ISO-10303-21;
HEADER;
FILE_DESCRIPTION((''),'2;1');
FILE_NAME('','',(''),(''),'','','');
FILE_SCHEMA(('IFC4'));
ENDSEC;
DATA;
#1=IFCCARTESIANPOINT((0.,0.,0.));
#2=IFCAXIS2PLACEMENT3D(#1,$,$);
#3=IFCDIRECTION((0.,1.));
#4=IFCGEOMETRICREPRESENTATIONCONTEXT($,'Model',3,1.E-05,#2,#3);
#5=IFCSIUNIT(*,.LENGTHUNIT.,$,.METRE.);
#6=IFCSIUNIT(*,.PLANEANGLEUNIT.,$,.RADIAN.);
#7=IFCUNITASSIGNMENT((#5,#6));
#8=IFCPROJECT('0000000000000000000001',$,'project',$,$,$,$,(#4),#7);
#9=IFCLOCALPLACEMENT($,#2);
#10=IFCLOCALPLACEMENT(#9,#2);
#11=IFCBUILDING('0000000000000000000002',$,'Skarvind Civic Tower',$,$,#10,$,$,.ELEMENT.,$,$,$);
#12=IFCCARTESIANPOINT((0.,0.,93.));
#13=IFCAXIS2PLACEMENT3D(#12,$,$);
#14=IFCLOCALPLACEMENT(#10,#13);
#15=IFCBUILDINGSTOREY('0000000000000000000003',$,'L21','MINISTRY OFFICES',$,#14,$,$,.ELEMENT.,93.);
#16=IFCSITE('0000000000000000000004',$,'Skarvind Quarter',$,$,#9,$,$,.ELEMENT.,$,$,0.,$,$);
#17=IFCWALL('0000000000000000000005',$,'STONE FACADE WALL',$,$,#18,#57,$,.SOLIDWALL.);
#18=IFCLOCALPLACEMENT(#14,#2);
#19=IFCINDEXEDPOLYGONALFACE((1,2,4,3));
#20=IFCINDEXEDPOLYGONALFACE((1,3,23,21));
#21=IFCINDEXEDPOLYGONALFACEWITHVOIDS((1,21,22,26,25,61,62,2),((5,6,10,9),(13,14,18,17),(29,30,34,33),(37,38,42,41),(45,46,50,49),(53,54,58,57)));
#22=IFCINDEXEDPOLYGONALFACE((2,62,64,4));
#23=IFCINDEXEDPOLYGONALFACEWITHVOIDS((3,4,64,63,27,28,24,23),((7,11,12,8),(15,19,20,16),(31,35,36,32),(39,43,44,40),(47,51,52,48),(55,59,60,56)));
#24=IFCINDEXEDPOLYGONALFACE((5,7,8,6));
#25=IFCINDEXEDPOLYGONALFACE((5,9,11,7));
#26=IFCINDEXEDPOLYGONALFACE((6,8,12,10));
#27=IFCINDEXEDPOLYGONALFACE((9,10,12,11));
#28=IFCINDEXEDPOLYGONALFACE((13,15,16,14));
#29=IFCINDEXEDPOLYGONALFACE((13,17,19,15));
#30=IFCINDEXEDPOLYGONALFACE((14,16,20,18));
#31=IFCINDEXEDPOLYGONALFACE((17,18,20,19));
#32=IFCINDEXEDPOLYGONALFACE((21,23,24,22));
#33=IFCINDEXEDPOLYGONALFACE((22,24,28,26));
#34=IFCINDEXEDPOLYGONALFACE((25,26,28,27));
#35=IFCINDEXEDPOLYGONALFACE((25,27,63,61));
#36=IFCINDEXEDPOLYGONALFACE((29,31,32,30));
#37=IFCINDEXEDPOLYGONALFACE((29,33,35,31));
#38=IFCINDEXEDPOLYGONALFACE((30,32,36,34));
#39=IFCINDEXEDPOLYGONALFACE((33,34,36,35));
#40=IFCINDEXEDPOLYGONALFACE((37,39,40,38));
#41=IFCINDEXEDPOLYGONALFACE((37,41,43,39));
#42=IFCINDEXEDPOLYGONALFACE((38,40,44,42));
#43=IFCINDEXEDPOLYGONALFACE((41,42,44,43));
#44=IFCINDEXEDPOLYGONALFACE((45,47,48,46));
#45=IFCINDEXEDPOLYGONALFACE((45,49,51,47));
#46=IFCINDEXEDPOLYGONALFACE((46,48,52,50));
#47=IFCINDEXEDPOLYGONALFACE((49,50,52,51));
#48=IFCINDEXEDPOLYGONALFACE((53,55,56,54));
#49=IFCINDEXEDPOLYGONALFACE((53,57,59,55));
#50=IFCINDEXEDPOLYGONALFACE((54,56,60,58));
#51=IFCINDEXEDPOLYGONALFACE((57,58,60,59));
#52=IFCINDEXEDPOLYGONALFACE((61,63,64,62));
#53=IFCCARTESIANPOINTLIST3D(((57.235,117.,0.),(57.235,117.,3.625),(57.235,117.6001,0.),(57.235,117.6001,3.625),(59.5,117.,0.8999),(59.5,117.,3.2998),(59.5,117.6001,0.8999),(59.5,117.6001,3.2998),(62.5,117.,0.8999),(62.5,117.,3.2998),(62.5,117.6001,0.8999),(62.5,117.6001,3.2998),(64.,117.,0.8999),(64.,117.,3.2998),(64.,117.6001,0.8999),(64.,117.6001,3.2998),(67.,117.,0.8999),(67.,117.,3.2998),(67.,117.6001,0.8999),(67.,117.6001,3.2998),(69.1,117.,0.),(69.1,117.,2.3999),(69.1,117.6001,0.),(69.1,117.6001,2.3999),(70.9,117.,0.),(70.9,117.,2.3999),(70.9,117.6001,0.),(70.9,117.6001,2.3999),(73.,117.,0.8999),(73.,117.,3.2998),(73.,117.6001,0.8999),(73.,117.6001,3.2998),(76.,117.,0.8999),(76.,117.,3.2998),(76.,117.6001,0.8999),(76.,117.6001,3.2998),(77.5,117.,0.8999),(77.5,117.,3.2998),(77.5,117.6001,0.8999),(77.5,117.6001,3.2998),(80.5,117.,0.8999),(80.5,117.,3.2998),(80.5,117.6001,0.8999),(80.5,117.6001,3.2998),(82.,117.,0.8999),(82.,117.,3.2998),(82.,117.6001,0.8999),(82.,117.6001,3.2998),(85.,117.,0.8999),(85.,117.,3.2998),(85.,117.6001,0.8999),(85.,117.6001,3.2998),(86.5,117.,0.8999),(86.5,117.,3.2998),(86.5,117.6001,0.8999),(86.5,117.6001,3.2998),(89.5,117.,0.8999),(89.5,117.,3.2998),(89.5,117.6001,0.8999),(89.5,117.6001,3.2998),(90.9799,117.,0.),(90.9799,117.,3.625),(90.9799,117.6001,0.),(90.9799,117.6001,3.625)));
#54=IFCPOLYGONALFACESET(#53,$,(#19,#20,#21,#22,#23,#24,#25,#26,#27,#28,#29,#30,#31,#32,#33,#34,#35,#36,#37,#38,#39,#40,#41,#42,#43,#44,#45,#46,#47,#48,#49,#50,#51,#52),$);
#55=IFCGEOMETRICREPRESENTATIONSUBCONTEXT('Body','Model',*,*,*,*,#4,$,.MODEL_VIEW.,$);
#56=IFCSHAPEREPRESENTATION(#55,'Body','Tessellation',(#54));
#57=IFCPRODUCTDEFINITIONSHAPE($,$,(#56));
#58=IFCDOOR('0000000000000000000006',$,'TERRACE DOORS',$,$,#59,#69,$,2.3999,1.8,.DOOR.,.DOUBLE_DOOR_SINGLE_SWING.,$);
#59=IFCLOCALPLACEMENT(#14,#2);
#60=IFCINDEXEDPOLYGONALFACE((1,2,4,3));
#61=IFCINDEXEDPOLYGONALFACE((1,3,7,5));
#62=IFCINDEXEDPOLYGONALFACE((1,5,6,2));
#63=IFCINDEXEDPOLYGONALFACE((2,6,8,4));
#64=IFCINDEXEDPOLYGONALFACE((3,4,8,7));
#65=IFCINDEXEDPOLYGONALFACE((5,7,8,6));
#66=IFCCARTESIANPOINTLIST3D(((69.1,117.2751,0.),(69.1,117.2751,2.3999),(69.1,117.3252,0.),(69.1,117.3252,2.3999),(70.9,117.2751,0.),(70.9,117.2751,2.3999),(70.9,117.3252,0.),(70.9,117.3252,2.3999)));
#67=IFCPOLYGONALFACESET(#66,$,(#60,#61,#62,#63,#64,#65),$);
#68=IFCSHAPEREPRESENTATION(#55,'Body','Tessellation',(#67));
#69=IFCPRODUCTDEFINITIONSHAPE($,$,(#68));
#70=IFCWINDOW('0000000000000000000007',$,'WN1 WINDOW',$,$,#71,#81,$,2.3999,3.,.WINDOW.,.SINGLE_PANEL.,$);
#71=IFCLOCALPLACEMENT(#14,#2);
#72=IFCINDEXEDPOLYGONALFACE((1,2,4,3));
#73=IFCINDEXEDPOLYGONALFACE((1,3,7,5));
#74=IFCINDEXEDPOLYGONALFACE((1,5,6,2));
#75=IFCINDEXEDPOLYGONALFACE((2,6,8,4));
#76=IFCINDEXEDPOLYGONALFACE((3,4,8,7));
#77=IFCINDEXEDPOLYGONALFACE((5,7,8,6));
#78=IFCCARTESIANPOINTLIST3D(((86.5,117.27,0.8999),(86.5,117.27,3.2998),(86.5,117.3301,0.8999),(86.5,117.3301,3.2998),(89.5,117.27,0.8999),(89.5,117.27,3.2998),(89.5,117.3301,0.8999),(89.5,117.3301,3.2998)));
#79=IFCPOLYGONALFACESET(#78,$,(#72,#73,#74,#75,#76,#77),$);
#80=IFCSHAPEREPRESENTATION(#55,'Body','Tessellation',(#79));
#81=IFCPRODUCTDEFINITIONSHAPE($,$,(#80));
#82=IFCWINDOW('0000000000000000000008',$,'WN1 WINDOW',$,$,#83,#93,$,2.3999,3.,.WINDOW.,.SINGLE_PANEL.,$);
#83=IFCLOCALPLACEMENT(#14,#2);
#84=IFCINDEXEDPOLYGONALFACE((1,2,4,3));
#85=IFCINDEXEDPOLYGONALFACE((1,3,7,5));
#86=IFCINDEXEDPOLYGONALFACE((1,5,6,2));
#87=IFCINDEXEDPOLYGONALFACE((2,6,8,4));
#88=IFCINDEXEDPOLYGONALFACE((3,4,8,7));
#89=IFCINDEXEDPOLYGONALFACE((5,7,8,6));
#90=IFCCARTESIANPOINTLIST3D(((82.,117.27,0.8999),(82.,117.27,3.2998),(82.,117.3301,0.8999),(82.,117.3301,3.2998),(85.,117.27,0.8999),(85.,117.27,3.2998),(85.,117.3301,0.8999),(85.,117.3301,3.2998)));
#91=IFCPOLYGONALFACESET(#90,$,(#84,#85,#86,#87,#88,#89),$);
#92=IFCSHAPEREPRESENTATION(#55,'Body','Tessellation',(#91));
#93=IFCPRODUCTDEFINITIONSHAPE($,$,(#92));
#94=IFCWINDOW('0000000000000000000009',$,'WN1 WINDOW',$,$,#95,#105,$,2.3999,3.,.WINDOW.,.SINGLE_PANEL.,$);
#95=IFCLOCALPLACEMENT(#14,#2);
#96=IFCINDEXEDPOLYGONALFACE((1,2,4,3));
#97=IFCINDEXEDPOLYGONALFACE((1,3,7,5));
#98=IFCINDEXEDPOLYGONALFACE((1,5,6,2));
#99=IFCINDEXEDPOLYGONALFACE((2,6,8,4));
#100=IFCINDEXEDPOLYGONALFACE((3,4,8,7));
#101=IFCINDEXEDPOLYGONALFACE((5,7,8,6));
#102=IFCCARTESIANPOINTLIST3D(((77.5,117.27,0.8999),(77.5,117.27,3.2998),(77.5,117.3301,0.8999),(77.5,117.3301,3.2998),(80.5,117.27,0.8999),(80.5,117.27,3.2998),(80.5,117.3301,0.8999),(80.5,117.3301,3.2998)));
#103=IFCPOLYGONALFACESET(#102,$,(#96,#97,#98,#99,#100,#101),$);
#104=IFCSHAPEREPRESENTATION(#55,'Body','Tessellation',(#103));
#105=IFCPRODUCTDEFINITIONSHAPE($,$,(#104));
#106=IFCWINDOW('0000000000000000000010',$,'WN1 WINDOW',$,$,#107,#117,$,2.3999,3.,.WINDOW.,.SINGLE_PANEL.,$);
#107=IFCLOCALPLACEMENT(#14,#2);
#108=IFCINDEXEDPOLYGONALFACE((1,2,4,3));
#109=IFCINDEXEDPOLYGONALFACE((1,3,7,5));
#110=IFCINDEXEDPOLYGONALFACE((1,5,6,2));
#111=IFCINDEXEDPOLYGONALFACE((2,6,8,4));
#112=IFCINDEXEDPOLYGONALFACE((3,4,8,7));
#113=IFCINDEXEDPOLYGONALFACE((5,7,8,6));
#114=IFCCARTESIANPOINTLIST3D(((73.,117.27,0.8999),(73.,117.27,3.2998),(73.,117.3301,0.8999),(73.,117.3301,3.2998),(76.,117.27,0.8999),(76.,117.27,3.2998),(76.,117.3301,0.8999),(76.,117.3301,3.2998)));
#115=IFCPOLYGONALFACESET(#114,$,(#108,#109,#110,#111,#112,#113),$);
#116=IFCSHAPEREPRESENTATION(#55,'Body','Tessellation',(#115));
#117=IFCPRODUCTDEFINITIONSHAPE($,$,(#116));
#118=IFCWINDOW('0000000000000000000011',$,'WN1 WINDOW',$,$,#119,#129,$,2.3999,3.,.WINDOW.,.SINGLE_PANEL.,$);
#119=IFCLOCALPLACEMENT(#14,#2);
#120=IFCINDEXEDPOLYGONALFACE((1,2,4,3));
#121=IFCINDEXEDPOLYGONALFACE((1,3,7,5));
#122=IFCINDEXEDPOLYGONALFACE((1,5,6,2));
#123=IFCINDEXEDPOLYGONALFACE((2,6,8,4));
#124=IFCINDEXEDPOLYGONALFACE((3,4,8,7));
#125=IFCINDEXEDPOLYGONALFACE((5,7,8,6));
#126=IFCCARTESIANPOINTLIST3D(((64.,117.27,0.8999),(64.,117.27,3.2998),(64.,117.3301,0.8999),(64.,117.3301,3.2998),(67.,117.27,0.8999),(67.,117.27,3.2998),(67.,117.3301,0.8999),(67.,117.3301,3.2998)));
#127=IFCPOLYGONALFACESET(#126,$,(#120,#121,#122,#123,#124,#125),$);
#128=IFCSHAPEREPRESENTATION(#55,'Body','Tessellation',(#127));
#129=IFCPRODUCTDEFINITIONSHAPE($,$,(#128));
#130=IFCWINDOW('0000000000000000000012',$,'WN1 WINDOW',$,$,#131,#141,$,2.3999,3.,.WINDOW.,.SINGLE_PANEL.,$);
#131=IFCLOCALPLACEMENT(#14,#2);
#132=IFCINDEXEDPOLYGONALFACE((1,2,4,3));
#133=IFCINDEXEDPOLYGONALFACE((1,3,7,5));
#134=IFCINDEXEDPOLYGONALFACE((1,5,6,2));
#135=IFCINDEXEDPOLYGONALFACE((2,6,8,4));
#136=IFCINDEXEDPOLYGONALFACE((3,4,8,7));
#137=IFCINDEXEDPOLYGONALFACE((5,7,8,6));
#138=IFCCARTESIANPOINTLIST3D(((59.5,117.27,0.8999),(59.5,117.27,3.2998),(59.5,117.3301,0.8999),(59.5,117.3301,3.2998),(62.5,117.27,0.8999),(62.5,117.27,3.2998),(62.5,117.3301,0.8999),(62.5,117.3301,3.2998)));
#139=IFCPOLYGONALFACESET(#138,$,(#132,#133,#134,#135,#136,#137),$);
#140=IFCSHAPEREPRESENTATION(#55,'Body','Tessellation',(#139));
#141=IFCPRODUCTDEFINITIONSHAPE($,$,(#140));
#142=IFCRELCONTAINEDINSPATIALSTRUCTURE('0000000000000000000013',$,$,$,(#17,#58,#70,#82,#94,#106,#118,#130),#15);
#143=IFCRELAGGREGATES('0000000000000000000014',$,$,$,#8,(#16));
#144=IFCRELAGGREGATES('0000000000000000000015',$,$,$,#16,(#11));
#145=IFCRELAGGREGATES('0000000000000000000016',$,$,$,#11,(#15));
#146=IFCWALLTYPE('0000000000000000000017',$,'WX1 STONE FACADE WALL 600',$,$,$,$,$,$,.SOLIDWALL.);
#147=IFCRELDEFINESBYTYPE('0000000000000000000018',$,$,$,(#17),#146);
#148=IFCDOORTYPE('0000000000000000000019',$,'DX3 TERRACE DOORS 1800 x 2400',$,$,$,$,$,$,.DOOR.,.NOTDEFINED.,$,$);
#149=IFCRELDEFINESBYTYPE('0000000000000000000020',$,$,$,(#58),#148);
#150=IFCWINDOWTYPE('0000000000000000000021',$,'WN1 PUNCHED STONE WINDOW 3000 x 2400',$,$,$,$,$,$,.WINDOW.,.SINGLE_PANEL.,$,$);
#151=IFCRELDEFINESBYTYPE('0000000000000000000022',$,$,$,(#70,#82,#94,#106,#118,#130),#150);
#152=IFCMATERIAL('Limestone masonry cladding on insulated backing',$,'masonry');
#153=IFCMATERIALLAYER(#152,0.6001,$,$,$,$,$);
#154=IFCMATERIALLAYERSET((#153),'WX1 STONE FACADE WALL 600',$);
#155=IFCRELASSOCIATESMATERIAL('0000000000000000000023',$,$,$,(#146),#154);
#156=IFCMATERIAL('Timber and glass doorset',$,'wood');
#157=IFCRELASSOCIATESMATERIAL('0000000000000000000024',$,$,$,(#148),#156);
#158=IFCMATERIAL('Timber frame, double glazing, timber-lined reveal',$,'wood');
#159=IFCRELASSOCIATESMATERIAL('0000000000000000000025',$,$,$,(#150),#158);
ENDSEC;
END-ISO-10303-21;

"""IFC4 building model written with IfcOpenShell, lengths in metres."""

from ifc_helpers import new_model, si_unit, direction, frame, frame_2d, origin, place, context, subcontext, project, spatial, rectangle, extrude, material, layer, layer_set, type_object, element, fill, save


model = new_model("IFC4")

# Units and contexts
model_context = context("Model", 3, precision=1e-05, world=origin(), true_north=direction((0.0, 1.0)))
body_context = subcontext(model_context, "Body", "Model", "MODEL_VIEW")
ifc_project = project(units=[si_unit("LENGTHUNIT", "METRE"), si_unit("PLANEANGLEUNIT", "RADIAN")], contexts=[model_context])

# Site, building, storey
site_placement = place(None, origin())
site = spatial("IfcSite", under=ifc_project, at=site_placement, Name="Skarvind Quarter", CompositionType="ELEMENT", RefElevation=0.0)
building_placement = place(site_placement, origin())
building = spatial("IfcBuilding", under=site, at=building_placement, Name="Skarvind Civic Tower", CompositionType="ELEMENT")
storey_placement = place(building_placement, frame((0.0, 0.0, 93.0)))
storey = spatial("IfcBuildingStorey", under=building, at=storey_placement, Name="L21", Description="MINISTRY OFFICES", CompositionType="ELEMENT", Elevation=93.0)

# Wall, openings, door, windows
ifc_material_1 = material(Name="Limestone masonry cladding on insulated backing", Category="masonry")
ifc_layer_1 = layer(ifc_material_1, 0.6001)
ifc_layer_set_1 = layer_set([ifc_layer_1], Name="WX1 STONE FACADE WALL 600")
wall_type_1 = type_object("IfcWallType", Name="WX1 STONE FACADE WALL 600", PredefinedType="SOLIDWALL", material=ifc_layer_set_1)
wall_1_placement = place(storey_placement, frame((90.98, 117.3, 0.0), z_axis=(0.0, 0.0, 1.0), x_axis=(-1.0, 0.0, 0.0)))
wall_1 = element("IfcWall", 1, at=wall_1_placement, inside=storey, type_object=wall_type_1, Name="STONE FACADE WALL", PredefinedType="SOLIDWALL", context=body_context, shape_type="SweptSolid", body=[
    extrude(rectangle(XDim=33.7449, YDim=0.6001, at=frame_2d((16.8726, 0.0))), origin(), (0.0, 0.0, 1.0), 3.625),
])
opening_1_placement = place(wall_1_placement, frame((1.48, 0.0, 0.8999)))
opening_1 = element("IfcOpeningElement", 2, at=opening_1_placement, cuts=wall_1, PredefinedType="OPENING", context=body_context, shape_type="SweptSolid", body=[
    extrude(rectangle(XDim=3.0, YDim=2.3999, at=frame_2d((1.5, 1.2))), frame((0.0, 0.3101, 0.0), z_axis=(0.0, -1.0, 0.0), x_axis=(1.0, 0.0, 0.0)), (0.0, 0.0, 1.0), 0.6201),
])
opening_2_placement = place(wall_1_placement, frame((5.98, 0.0, 0.8999)))
opening_2 = element("IfcOpeningElement", 3, at=opening_2_placement, cuts=wall_1, PredefinedType="OPENING", context=body_context, shape_type="SweptSolid", body=[
    extrude(rectangle(XDim=3.0, YDim=2.3999, at=frame_2d((1.5, 1.2))), frame((0.0, 0.3101, 0.0), z_axis=(0.0, -1.0, 0.0), x_axis=(1.0, 0.0, 0.0)), (0.0, 0.0, 1.0), 0.6201),
])
opening_3_placement = place(wall_1_placement, frame((10.48, 0.0, 0.8999)))
opening_3 = element("IfcOpeningElement", 4, at=opening_3_placement, cuts=wall_1, PredefinedType="OPENING", context=body_context, shape_type="SweptSolid", body=[
    extrude(rectangle(XDim=3.0, YDim=2.3999, at=frame_2d((1.5, 1.2))), frame((0.0, 0.3101, 0.0), z_axis=(0.0, -1.0, 0.0), x_axis=(1.0, 0.0, 0.0)), (0.0, 0.0, 1.0), 0.6201),
])
opening_4_placement = place(wall_1_placement, frame((14.98, 0.0, 0.8999)))
opening_4 = element("IfcOpeningElement", 5, at=opening_4_placement, cuts=wall_1, PredefinedType="OPENING", context=body_context, shape_type="SweptSolid", body=[
    extrude(rectangle(XDim=3.0, YDim=2.3999, at=frame_2d((1.5, 1.2))), frame((0.0, 0.3101, 0.0), z_axis=(0.0, -1.0, 0.0), x_axis=(1.0, 0.0, 0.0)), (0.0, 0.0, 1.0), 0.6201),
])
opening_5_placement = place(wall_1_placement, frame((20.0801, 0.0, 0.0)))
opening_5 = element("IfcOpeningElement", 6, at=opening_5_placement, cuts=wall_1, PredefinedType="OPENING", context=body_context, shape_type="SweptSolid", body=[
    extrude(rectangle(XDim=1.8, YDim=2.3999, at=frame_2d((0.8999, 1.2))), frame((0.0, 0.3101, 0.0), z_axis=(0.0, -1.0, 0.0), x_axis=(1.0, 0.0, 0.0)), (0.0, 0.0, 1.0), 0.6201),
])
opening_6_placement = place(wall_1_placement, frame((23.98, 0.0, 0.8999)))
opening_6 = element("IfcOpeningElement", 7, at=opening_6_placement, cuts=wall_1, PredefinedType="OPENING", context=body_context, shape_type="SweptSolid", body=[
    extrude(rectangle(XDim=3.0, YDim=2.3999, at=frame_2d((1.5, 1.2))), frame((0.0, 0.3101, 0.0), z_axis=(0.0, -1.0, 0.0), x_axis=(1.0, 0.0, 0.0)), (0.0, 0.0, 1.0), 0.6201),
])
opening_7_placement = place(wall_1_placement, frame((28.48, 0.0, 0.8999)))
opening_7 = element("IfcOpeningElement", 8, at=opening_7_placement, cuts=wall_1, PredefinedType="OPENING", context=body_context, shape_type="SweptSolid", body=[
    extrude(rectangle(XDim=3.0, YDim=2.3999, at=frame_2d((1.5, 1.2))), frame((0.0, 0.3101, 0.0), z_axis=(0.0, -1.0, 0.0), x_axis=(1.0, 0.0, 0.0)), (0.0, 0.0, 1.0), 0.6201),
])
ifc_material_2 = material(Name="Timber and glass doorset", Category="wood")
door_type = type_object("IfcDoorType", Name="DX3 TERRACE DOORS 1800 x 2400", OperationType="NOTDEFINED", PredefinedType="DOOR", material=ifc_material_2)
door_placement = place(opening_5_placement, origin())
door = element("IfcDoor", 9, at=door_placement, inside=storey, type_object=door_type, Name="TERRACE DOORS", OperationType="DOUBLE_DOOR_SINGLE_SWING", OverallHeight=2.3999, OverallWidth=1.8, PredefinedType="DOOR", context=body_context, shape_type="SweptSolid", body=[
    extrude(rectangle(XDim=1.8, YDim=2.3999, at=frame_2d((0.8999, 1.2))), frame((0.0, 0.0249, 0.0), z_axis=(0.0, -1.0, 0.0), x_axis=(1.0, 0.0, 0.0)), (0.0, 0.0, 1.0), 0.05),
])
fill(opening_5, door)
ifc_material_3 = material(Name="Timber frame, double glazing, timber-lined reveal", Category="wood")
window_type = type_object("IfcWindowType", Name="WN1 PUNCHED STONE WINDOW 3000 x 2400", PartitioningType="SINGLE_PANEL", PredefinedType="WINDOW", material=ifc_material_3)
window_1_placement = place(opening_1_placement, origin())
window_1 = element("IfcWindow", 10, at=window_1_placement, inside=storey, type_object=window_type, Name="WN1 WINDOW", OverallHeight=2.3999, OverallWidth=3.0, PartitioningType="SINGLE_PANEL", PredefinedType="WINDOW", context=body_context, shape_type="SweptSolid", body=[
    extrude(rectangle(XDim=3.0, YDim=2.3999, at=frame_2d((1.5, 1.2))), frame((0.0, 0.03, 0.0), z_axis=(0.0, -1.0, 0.0), x_axis=(1.0, 0.0, 0.0)), (0.0, 0.0, 1.0), 0.0601),
])
fill(opening_1, window_1)
window_2_placement = place(opening_2_placement, origin())
window_2 = element("IfcWindow", 11, at=window_2_placement, inside=storey, type_object=window_type, Name="WN1 WINDOW", OverallHeight=2.3999, OverallWidth=3.0, PartitioningType="SINGLE_PANEL", PredefinedType="WINDOW", context=body_context, shape_type="SweptSolid", body=[
    extrude(rectangle(XDim=3.0, YDim=2.3999, at=frame_2d((1.5, 1.2))), frame((0.0, 0.03, 0.0), z_axis=(0.0, -1.0, 0.0), x_axis=(1.0, 0.0, 0.0)), (0.0, 0.0, 1.0), 0.0601),
])
fill(opening_2, window_2)
window_3_placement = place(opening_3_placement, origin())
window_3 = element("IfcWindow", 12, at=window_3_placement, inside=storey, type_object=window_type, Name="WN1 WINDOW", OverallHeight=2.3999, OverallWidth=3.0, PartitioningType="SINGLE_PANEL", PredefinedType="WINDOW", context=body_context, shape_type="SweptSolid", body=[
    extrude(rectangle(XDim=3.0, YDim=2.3999, at=frame_2d((1.5, 1.2))), frame((0.0, 0.03, 0.0), z_axis=(0.0, -1.0, 0.0), x_axis=(1.0, 0.0, 0.0)), (0.0, 0.0, 1.0), 0.0601),
])
fill(opening_3, window_3)
window_4_placement = place(opening_4_placement, origin())
window_4 = element("IfcWindow", 13, at=window_4_placement, inside=storey, type_object=window_type, Name="WN1 WINDOW", OverallHeight=2.3999, OverallWidth=3.0, PartitioningType="SINGLE_PANEL", PredefinedType="WINDOW", context=body_context, shape_type="SweptSolid", body=[
    extrude(rectangle(XDim=3.0, YDim=2.3999, at=frame_2d((1.5, 1.2))), frame((0.0, 0.03, 0.0), z_axis=(0.0, -1.0, 0.0), x_axis=(1.0, 0.0, 0.0)), (0.0, 0.0, 1.0), 0.0601),
])
fill(opening_4, window_4)
window_5_placement = place(opening_6_placement, origin())
window_5 = element("IfcWindow", 14, at=window_5_placement, inside=storey, type_object=window_type, Name="WN1 WINDOW", OverallHeight=2.3999, OverallWidth=3.0, PartitioningType="SINGLE_PANEL", PredefinedType="WINDOW", context=body_context, shape_type="SweptSolid", body=[
    extrude(rectangle(XDim=3.0, YDim=2.3999, at=frame_2d((1.5, 1.2))), frame((0.0, 0.03, 0.0), z_axis=(0.0, -1.0, 0.0), x_axis=(1.0, 0.0, 0.0)), (0.0, 0.0, 1.0), 0.0601),
])
fill(opening_6, window_5)
window_6_placement = place(opening_7_placement, origin())
window_6 = element("IfcWindow", 15, at=window_6_placement, inside=storey, type_object=window_type, Name="WN1 WINDOW", OverallHeight=2.3999, OverallWidth=3.0, PartitioningType="SINGLE_PANEL", PredefinedType="WINDOW", context=body_context, shape_type="SweptSolid", body=[
    extrude(rectangle(XDim=3.0, YDim=2.3999, at=frame_2d((1.5, 1.2))), frame((0.0, 0.03, 0.0), z_axis=(0.0, -1.0, 0.0), x_axis=(1.0, 0.0, 0.0)), (0.0, 0.0, 1.0), 0.0601),
])
fill(opening_7, window_6)

save(model, "model.ifc")
